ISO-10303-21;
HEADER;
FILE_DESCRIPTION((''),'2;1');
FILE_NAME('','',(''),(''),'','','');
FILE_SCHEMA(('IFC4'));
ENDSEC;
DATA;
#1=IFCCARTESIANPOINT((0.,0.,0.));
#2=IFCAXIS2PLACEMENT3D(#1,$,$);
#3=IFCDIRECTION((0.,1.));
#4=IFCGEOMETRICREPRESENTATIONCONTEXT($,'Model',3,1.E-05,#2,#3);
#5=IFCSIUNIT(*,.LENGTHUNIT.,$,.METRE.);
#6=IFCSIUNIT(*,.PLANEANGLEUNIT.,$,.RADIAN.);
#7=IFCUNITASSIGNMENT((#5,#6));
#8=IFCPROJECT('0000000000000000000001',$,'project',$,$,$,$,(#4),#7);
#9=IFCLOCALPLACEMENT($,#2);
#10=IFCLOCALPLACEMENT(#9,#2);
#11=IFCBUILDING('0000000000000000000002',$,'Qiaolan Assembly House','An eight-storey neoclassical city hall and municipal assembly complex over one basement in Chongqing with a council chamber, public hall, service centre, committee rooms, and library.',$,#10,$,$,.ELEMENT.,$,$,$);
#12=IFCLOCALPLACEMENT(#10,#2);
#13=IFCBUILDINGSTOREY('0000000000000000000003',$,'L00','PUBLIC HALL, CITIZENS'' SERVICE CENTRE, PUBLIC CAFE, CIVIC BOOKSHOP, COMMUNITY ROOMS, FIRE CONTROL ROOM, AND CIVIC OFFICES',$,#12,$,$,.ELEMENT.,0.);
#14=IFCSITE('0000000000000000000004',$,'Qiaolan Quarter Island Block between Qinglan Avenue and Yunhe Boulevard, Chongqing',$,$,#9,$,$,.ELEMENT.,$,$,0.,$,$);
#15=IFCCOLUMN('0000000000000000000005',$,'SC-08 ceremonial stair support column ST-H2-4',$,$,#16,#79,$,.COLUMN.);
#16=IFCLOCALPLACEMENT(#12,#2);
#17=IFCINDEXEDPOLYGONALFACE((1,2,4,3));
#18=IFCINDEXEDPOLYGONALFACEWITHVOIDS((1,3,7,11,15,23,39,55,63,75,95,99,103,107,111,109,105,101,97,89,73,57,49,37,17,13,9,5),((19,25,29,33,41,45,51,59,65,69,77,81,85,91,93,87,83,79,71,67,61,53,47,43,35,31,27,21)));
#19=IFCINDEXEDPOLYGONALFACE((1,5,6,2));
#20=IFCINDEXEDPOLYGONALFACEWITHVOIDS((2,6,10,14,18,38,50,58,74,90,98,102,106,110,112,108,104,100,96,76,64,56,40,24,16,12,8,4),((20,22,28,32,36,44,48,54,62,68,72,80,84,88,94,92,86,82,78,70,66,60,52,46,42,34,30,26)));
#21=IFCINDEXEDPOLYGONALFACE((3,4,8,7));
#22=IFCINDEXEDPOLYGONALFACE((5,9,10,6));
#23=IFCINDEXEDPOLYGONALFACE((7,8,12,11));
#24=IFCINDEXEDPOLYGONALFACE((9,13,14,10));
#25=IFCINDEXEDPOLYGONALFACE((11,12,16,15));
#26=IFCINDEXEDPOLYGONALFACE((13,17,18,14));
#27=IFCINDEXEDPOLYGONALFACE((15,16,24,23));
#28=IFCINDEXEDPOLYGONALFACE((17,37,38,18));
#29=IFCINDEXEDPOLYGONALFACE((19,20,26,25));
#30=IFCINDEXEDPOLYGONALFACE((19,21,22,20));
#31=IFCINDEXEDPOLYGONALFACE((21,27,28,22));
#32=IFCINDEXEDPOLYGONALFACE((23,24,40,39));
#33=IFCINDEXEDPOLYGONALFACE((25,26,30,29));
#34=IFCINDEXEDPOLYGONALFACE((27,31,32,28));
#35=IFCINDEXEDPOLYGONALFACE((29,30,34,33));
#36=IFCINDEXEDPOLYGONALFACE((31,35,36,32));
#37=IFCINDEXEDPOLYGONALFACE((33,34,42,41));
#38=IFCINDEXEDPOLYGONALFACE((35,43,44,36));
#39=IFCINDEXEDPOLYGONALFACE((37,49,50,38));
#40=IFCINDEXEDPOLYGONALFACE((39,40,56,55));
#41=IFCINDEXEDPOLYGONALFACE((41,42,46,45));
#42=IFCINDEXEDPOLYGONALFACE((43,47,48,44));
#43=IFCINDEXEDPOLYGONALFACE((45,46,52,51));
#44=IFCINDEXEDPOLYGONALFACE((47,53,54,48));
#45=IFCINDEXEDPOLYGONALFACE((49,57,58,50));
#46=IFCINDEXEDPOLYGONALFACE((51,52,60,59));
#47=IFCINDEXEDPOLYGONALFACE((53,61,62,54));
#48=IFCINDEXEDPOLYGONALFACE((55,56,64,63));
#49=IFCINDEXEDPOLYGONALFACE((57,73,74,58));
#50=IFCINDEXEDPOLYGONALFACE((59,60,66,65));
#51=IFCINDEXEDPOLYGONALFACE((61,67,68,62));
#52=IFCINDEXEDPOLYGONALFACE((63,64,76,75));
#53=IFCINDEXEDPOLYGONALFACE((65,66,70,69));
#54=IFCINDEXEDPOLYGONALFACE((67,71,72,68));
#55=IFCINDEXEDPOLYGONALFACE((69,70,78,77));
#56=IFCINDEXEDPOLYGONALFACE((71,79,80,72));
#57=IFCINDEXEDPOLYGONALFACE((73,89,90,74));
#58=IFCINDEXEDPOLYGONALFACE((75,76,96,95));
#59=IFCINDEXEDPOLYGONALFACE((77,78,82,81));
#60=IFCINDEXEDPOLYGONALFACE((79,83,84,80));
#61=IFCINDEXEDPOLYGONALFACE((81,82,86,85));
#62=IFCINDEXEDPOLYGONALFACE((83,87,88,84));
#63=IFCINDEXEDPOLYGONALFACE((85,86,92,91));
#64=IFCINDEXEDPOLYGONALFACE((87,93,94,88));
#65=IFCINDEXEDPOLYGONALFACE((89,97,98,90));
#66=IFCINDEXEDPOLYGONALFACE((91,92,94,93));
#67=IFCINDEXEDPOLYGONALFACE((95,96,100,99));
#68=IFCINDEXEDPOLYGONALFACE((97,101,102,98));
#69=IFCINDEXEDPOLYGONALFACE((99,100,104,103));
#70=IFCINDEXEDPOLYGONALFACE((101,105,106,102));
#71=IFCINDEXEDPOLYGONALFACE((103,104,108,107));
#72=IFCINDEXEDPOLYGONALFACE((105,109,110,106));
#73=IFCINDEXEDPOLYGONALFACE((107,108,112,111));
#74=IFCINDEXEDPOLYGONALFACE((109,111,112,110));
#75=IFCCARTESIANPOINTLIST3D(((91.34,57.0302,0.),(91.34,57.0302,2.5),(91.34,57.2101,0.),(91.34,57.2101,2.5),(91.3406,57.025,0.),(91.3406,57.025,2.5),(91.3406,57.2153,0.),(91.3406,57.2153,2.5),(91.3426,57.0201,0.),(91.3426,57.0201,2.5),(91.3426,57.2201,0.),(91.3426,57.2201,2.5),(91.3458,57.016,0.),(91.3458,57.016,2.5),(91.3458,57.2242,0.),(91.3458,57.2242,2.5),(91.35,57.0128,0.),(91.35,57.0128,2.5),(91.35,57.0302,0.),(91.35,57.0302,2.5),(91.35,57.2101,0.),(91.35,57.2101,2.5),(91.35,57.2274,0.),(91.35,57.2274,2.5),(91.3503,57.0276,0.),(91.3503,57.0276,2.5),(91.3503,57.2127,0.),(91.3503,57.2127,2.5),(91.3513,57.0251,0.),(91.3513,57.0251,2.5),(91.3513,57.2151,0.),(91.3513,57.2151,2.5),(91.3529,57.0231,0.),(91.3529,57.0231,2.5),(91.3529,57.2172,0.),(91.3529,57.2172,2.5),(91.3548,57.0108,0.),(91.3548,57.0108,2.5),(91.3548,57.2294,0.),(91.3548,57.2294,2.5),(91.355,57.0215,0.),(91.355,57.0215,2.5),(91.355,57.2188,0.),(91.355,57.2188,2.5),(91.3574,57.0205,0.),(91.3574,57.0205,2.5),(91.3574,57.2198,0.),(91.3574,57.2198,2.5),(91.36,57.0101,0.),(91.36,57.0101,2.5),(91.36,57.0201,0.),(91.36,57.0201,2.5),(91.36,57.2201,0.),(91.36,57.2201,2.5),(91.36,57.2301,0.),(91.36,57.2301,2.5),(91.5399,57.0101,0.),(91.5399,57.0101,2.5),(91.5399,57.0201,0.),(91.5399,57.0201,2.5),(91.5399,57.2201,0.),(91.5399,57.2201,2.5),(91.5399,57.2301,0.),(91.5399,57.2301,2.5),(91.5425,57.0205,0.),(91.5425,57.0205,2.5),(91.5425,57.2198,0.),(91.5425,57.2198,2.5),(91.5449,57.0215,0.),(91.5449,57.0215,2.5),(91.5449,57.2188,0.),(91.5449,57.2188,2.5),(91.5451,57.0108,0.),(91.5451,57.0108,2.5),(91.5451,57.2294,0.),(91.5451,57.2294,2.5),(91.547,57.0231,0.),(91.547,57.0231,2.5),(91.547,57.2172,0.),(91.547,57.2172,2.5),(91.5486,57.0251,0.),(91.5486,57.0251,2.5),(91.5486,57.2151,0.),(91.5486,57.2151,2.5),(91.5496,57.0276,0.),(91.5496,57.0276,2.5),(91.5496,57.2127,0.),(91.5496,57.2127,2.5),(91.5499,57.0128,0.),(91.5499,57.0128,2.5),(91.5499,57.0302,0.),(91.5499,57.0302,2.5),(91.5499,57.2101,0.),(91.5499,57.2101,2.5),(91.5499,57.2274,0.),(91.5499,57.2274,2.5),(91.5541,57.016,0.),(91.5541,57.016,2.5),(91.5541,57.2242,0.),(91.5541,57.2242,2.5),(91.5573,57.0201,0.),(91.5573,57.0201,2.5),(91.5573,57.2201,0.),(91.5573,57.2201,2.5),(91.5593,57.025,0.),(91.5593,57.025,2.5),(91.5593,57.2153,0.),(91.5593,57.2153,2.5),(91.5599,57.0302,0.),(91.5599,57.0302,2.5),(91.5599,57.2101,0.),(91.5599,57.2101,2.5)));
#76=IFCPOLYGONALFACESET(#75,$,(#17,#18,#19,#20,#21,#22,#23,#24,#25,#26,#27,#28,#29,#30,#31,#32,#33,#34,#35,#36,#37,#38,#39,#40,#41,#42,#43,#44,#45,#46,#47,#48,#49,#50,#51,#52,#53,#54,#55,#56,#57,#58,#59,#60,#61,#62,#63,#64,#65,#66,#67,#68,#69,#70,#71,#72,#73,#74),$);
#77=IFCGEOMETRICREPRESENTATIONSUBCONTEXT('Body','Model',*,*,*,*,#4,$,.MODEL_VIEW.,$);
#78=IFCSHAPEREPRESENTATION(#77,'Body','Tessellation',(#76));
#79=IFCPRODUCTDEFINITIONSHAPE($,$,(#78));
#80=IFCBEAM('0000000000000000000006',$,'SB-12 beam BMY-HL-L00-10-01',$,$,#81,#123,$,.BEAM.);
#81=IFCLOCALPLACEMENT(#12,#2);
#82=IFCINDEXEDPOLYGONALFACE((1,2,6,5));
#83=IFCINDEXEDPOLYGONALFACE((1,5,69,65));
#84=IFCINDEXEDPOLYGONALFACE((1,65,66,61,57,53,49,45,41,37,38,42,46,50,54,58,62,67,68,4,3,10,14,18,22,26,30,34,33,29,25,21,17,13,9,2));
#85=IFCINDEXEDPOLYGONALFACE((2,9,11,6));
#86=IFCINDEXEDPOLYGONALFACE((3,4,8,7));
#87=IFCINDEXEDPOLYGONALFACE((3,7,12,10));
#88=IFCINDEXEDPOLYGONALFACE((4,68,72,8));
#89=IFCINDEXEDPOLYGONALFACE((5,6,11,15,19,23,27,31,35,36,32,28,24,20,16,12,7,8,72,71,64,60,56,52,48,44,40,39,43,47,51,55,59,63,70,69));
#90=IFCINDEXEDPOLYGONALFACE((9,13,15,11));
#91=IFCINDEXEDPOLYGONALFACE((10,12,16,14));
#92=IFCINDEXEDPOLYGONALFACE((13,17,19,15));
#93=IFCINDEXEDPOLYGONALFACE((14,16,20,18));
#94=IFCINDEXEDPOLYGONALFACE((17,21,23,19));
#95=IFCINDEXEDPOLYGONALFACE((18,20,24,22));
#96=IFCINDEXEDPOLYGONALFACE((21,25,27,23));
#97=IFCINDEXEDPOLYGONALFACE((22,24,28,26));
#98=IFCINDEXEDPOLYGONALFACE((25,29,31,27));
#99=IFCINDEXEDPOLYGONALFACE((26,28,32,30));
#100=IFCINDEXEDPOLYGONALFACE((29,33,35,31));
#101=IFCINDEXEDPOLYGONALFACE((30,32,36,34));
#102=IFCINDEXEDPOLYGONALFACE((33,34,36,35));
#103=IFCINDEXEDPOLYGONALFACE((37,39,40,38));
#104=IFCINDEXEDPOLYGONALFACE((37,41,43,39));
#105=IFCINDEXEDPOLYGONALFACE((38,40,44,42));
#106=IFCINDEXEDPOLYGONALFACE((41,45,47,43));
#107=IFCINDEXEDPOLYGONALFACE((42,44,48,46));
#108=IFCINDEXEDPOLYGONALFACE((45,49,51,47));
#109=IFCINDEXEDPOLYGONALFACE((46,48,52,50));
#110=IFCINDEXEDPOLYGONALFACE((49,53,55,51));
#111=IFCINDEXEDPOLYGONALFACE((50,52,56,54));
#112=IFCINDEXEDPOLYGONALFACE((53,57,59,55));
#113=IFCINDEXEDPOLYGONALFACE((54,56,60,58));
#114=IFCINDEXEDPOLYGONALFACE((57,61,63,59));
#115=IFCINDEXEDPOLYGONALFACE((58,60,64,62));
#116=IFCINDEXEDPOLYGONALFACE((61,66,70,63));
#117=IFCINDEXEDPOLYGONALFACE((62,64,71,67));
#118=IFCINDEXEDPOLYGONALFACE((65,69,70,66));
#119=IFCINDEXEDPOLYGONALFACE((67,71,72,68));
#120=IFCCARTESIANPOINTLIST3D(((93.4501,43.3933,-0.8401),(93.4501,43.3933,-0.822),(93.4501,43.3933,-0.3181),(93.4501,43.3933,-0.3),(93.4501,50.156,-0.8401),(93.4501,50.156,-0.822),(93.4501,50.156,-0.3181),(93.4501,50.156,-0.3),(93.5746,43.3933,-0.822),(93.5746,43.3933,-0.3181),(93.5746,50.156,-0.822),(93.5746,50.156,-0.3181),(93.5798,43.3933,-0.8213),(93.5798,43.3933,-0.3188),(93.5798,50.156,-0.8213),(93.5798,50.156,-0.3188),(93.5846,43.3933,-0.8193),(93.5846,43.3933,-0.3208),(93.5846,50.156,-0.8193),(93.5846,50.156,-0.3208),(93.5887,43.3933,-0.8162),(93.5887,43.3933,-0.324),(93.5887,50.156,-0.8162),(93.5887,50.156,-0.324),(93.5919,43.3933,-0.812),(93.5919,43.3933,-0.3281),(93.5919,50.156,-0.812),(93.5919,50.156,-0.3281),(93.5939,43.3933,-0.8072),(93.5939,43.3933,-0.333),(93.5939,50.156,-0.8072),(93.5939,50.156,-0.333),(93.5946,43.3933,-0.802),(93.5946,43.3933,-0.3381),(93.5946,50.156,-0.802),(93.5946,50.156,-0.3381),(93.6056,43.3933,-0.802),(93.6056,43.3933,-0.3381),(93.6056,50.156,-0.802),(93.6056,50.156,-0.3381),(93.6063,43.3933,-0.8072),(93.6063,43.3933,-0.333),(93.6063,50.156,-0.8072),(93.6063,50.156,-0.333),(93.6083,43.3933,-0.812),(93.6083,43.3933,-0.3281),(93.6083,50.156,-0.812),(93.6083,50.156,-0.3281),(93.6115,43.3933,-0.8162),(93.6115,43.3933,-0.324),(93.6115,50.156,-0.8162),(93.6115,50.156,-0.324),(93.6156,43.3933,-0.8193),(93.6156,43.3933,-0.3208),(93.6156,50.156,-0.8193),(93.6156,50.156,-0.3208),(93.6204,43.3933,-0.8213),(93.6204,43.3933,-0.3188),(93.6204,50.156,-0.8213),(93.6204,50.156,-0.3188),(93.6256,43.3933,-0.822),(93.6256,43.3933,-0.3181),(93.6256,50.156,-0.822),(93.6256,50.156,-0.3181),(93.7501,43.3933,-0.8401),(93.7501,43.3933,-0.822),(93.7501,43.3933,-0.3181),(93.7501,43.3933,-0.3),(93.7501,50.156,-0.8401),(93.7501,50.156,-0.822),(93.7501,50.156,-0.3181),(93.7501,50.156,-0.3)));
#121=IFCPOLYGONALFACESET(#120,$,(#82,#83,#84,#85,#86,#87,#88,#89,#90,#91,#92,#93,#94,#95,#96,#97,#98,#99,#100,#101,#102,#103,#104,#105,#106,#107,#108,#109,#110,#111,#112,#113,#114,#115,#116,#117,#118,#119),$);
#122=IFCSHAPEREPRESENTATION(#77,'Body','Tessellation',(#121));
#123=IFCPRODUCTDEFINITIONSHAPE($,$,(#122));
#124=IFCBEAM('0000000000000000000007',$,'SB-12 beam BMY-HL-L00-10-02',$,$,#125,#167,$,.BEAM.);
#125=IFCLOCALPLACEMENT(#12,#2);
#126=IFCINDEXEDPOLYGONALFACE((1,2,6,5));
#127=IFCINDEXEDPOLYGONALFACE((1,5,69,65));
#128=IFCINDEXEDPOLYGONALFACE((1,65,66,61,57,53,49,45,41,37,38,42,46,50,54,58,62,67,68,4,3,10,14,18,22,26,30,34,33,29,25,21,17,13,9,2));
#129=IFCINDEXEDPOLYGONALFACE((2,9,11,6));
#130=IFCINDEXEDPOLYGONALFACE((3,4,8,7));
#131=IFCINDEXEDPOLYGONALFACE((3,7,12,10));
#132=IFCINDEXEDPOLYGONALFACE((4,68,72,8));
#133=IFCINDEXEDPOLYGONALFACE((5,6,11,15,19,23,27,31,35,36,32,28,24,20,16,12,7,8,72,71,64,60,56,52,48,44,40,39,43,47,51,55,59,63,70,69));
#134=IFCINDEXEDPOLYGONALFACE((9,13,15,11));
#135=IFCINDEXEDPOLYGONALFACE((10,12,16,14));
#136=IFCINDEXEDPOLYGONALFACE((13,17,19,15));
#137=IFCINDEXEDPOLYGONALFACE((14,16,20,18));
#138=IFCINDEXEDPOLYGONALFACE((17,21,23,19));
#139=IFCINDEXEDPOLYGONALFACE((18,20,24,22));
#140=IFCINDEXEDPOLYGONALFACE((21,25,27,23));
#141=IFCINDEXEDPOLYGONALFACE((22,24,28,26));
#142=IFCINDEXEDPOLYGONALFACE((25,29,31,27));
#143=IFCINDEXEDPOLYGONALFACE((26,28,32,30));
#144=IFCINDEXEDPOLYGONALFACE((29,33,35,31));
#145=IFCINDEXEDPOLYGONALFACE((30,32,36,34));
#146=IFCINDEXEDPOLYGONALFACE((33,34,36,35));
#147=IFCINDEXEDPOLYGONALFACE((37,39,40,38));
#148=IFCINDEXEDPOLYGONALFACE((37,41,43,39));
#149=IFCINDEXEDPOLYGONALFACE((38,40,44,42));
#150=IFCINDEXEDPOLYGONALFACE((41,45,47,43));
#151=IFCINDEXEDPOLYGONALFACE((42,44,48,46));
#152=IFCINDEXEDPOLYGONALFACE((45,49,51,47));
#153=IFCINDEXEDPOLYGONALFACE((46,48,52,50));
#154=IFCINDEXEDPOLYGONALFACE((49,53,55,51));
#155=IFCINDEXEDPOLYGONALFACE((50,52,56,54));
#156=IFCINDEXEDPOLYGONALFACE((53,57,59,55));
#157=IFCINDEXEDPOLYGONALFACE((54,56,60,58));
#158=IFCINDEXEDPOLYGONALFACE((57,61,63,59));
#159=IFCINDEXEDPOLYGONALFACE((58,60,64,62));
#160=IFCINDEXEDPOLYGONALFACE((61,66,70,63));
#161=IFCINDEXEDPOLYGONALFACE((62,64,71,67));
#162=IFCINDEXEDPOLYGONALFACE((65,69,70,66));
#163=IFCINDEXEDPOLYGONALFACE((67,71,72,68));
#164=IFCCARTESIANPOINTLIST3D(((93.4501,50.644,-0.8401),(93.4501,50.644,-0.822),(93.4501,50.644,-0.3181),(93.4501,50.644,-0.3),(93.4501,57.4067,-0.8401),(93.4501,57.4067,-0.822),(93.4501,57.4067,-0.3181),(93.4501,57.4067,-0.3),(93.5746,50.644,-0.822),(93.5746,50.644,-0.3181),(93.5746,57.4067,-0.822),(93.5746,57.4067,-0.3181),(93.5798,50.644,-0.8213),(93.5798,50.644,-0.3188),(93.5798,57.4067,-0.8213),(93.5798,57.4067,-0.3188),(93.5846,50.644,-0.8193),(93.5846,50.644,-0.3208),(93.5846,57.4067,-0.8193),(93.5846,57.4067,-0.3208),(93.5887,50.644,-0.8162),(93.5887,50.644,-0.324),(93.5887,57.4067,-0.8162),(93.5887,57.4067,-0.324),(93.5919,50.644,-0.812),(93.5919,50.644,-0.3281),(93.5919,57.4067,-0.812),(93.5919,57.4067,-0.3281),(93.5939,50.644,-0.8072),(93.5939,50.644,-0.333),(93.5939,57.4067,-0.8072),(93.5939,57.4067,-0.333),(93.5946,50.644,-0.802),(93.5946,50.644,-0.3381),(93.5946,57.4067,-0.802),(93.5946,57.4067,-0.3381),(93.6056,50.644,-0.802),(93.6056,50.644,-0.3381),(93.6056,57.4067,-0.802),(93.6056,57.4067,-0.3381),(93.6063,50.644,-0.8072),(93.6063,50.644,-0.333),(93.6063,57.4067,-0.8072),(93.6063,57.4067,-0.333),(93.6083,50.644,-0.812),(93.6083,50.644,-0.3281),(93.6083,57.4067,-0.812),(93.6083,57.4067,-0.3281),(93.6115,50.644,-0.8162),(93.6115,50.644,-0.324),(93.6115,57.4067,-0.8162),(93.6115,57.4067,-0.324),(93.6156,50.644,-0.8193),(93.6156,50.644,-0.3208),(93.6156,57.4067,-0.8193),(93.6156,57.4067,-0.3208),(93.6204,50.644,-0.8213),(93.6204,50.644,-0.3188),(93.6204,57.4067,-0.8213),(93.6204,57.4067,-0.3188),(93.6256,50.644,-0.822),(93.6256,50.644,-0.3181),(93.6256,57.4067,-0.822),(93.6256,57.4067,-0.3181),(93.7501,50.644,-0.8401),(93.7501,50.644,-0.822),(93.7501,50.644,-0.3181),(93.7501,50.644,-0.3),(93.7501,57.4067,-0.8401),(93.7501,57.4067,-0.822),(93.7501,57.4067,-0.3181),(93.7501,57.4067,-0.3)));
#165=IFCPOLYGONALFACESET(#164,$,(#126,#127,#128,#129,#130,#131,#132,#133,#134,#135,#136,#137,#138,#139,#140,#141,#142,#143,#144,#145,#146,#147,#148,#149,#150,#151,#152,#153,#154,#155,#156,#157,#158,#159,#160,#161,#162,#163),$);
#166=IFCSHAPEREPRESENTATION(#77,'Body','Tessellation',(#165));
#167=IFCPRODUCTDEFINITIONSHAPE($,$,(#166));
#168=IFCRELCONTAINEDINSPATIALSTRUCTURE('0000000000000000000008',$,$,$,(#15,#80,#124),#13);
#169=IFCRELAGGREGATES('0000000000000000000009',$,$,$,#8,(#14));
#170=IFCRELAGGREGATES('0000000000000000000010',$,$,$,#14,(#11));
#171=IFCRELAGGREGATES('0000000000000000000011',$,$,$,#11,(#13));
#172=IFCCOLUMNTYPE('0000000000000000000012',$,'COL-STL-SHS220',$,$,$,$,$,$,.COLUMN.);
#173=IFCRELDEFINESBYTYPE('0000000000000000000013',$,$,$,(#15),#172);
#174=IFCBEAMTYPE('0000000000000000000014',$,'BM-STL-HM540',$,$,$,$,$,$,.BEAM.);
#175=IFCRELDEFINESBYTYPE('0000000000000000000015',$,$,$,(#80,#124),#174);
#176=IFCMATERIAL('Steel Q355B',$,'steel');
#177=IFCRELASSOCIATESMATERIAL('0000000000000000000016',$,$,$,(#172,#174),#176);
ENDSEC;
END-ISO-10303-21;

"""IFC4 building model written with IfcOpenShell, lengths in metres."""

from ifc_helpers import new_model, si_unit, direction, frame, origin, origin_2d, place, context, subcontext, project, spatial, hollow_rectangle, i_section, extrude, material, material_profile, profile_set, type_object, element, save


model = new_model("IFC4")

# Units and contexts
model_context = context("Model", 3, precision=1e-05, world=origin(), true_north=direction((0.0, 1.0)))
body_context = subcontext(model_context, "Body", "Model", "MODEL_VIEW")
ifc_project = project(units=[si_unit("LENGTHUNIT", "METRE"), si_unit("PLANEANGLEUNIT", "RADIAN")], contexts=[model_context])

# Site, building, storey
site_placement = place(None, origin())
site = spatial("IfcSite", under=ifc_project, at=site_placement, Name="Qiaolan Quarter Island Block between Qinglan Avenue and Yunhe Boulevard, Chongqing", CompositionType="ELEMENT", RefElevation=0.0)
building_placement = place(site_placement, origin())
building = spatial("IfcBuilding", under=site, at=building_placement, Name="Qiaolan Assembly House", Description="An eight-storey neoclassical city hall and municipal assembly complex over one basement in Chongqing with a council chamber, public hall, service centre, committee rooms, and library.", CompositionType="ELEMENT")
storey_placement = place(building_placement, origin())
storey = spatial("IfcBuildingStorey", under=building, at=storey_placement, Name="L00", Description="PUBLIC HALL, CITIZENS' SERVICE CENTRE, PUBLIC CAFE, CIVIC BOOKSHOP, COMMUNITY ROOMS, FIRE CONTROL ROOM, AND CIVIC OFFICES", CompositionType="ELEMENT", Elevation=0.0)

# Column
ifc_material_1 = material(Name="Steel Q355B", Category="steel")
ifc_material_profile_1 = material_profile(ifc_material_1, hollow_rectangle(XDim=0.22, YDim=0.22, WallThickness=0.01, InnerFilletRadius=0.01, OuterFilletRadius=0.02, at=origin_2d()), Name="SHS 220x220x10")
ifc_profile_set_1 = profile_set([ifc_material_profile_1], Name="Steel Q355B")
column_type_1 = type_object("IfcColumnType", Name="COL-STL-SHS220", PredefinedType="COLUMN", material=ifc_profile_set_1)
for number, where, z_axis, x_axis, name in (
    (1, (91.45, 57.1201, 0.0), (0.0, 0.0, 1.0), (1.0, 0.0, 0.0), "SC-08 ceremonial stair support column ST-H2-4"),
):
    element("IfcColumn", number, at=place(storey_placement, frame(where, z_axis=z_axis, x_axis=x_axis)), inside=storey, type_object=column_type_1, Name=name, PredefinedType="COLUMN", context=body_context, shape_type="SweptSolid", body=[
        extrude(hollow_rectangle(XDim=0.22, YDim=0.22, WallThickness=0.01, InnerFilletRadius=0.01, OuterFilletRadius=0.02, at=origin_2d()), origin(), (0.0, 0.0, 1.0), 2.5),
    ])

# Beams
ifc_material_profile_2 = material_profile(ifc_material_1, i_section(OverallWidth=0.3, OverallDepth=0.54, WebThickness=0.011, FlangeThickness=0.0181, FilletRadius=0.02, at=origin_2d()), Name="HM 540x300x11x18")
ifc_profile_set_2 = profile_set([ifc_material_profile_2], Name="Steel Q355B")
beam_type_1 = type_object("IfcBeamType", Name="BM-STL-HM540", PredefinedType="BEAM", material=ifc_profile_set_2)
for number, where, z_axis, x_axis, name in (
    (2, (93.6001, 43.3933, -0.5701), (0.0, 1.0, 0.0), (-1.0, 0.0, 0.0), "SB-12 beam BMY-HL-L00-10-01"),
    (3, (93.6001, 50.644, -0.5701), (0.0, 1.0, 0.0), (-1.0, 0.0, 0.0), "SB-12 beam BMY-HL-L00-10-02"),
):
    element("IfcBeam", number, at=place(storey_placement, frame(where, z_axis=z_axis, x_axis=x_axis)), inside=storey, type_object=beam_type_1, Name=name, PredefinedType="BEAM", context=body_context, shape_type="SweptSolid", body=[
        extrude(i_section(OverallWidth=0.3, OverallDepth=0.54, WebThickness=0.011, FlangeThickness=0.0181, FilletRadius=0.02, at=origin_2d()), origin(), (0.0, 0.0, 1.0), 6.7627),
    ])

save(model, "model.ifc")
